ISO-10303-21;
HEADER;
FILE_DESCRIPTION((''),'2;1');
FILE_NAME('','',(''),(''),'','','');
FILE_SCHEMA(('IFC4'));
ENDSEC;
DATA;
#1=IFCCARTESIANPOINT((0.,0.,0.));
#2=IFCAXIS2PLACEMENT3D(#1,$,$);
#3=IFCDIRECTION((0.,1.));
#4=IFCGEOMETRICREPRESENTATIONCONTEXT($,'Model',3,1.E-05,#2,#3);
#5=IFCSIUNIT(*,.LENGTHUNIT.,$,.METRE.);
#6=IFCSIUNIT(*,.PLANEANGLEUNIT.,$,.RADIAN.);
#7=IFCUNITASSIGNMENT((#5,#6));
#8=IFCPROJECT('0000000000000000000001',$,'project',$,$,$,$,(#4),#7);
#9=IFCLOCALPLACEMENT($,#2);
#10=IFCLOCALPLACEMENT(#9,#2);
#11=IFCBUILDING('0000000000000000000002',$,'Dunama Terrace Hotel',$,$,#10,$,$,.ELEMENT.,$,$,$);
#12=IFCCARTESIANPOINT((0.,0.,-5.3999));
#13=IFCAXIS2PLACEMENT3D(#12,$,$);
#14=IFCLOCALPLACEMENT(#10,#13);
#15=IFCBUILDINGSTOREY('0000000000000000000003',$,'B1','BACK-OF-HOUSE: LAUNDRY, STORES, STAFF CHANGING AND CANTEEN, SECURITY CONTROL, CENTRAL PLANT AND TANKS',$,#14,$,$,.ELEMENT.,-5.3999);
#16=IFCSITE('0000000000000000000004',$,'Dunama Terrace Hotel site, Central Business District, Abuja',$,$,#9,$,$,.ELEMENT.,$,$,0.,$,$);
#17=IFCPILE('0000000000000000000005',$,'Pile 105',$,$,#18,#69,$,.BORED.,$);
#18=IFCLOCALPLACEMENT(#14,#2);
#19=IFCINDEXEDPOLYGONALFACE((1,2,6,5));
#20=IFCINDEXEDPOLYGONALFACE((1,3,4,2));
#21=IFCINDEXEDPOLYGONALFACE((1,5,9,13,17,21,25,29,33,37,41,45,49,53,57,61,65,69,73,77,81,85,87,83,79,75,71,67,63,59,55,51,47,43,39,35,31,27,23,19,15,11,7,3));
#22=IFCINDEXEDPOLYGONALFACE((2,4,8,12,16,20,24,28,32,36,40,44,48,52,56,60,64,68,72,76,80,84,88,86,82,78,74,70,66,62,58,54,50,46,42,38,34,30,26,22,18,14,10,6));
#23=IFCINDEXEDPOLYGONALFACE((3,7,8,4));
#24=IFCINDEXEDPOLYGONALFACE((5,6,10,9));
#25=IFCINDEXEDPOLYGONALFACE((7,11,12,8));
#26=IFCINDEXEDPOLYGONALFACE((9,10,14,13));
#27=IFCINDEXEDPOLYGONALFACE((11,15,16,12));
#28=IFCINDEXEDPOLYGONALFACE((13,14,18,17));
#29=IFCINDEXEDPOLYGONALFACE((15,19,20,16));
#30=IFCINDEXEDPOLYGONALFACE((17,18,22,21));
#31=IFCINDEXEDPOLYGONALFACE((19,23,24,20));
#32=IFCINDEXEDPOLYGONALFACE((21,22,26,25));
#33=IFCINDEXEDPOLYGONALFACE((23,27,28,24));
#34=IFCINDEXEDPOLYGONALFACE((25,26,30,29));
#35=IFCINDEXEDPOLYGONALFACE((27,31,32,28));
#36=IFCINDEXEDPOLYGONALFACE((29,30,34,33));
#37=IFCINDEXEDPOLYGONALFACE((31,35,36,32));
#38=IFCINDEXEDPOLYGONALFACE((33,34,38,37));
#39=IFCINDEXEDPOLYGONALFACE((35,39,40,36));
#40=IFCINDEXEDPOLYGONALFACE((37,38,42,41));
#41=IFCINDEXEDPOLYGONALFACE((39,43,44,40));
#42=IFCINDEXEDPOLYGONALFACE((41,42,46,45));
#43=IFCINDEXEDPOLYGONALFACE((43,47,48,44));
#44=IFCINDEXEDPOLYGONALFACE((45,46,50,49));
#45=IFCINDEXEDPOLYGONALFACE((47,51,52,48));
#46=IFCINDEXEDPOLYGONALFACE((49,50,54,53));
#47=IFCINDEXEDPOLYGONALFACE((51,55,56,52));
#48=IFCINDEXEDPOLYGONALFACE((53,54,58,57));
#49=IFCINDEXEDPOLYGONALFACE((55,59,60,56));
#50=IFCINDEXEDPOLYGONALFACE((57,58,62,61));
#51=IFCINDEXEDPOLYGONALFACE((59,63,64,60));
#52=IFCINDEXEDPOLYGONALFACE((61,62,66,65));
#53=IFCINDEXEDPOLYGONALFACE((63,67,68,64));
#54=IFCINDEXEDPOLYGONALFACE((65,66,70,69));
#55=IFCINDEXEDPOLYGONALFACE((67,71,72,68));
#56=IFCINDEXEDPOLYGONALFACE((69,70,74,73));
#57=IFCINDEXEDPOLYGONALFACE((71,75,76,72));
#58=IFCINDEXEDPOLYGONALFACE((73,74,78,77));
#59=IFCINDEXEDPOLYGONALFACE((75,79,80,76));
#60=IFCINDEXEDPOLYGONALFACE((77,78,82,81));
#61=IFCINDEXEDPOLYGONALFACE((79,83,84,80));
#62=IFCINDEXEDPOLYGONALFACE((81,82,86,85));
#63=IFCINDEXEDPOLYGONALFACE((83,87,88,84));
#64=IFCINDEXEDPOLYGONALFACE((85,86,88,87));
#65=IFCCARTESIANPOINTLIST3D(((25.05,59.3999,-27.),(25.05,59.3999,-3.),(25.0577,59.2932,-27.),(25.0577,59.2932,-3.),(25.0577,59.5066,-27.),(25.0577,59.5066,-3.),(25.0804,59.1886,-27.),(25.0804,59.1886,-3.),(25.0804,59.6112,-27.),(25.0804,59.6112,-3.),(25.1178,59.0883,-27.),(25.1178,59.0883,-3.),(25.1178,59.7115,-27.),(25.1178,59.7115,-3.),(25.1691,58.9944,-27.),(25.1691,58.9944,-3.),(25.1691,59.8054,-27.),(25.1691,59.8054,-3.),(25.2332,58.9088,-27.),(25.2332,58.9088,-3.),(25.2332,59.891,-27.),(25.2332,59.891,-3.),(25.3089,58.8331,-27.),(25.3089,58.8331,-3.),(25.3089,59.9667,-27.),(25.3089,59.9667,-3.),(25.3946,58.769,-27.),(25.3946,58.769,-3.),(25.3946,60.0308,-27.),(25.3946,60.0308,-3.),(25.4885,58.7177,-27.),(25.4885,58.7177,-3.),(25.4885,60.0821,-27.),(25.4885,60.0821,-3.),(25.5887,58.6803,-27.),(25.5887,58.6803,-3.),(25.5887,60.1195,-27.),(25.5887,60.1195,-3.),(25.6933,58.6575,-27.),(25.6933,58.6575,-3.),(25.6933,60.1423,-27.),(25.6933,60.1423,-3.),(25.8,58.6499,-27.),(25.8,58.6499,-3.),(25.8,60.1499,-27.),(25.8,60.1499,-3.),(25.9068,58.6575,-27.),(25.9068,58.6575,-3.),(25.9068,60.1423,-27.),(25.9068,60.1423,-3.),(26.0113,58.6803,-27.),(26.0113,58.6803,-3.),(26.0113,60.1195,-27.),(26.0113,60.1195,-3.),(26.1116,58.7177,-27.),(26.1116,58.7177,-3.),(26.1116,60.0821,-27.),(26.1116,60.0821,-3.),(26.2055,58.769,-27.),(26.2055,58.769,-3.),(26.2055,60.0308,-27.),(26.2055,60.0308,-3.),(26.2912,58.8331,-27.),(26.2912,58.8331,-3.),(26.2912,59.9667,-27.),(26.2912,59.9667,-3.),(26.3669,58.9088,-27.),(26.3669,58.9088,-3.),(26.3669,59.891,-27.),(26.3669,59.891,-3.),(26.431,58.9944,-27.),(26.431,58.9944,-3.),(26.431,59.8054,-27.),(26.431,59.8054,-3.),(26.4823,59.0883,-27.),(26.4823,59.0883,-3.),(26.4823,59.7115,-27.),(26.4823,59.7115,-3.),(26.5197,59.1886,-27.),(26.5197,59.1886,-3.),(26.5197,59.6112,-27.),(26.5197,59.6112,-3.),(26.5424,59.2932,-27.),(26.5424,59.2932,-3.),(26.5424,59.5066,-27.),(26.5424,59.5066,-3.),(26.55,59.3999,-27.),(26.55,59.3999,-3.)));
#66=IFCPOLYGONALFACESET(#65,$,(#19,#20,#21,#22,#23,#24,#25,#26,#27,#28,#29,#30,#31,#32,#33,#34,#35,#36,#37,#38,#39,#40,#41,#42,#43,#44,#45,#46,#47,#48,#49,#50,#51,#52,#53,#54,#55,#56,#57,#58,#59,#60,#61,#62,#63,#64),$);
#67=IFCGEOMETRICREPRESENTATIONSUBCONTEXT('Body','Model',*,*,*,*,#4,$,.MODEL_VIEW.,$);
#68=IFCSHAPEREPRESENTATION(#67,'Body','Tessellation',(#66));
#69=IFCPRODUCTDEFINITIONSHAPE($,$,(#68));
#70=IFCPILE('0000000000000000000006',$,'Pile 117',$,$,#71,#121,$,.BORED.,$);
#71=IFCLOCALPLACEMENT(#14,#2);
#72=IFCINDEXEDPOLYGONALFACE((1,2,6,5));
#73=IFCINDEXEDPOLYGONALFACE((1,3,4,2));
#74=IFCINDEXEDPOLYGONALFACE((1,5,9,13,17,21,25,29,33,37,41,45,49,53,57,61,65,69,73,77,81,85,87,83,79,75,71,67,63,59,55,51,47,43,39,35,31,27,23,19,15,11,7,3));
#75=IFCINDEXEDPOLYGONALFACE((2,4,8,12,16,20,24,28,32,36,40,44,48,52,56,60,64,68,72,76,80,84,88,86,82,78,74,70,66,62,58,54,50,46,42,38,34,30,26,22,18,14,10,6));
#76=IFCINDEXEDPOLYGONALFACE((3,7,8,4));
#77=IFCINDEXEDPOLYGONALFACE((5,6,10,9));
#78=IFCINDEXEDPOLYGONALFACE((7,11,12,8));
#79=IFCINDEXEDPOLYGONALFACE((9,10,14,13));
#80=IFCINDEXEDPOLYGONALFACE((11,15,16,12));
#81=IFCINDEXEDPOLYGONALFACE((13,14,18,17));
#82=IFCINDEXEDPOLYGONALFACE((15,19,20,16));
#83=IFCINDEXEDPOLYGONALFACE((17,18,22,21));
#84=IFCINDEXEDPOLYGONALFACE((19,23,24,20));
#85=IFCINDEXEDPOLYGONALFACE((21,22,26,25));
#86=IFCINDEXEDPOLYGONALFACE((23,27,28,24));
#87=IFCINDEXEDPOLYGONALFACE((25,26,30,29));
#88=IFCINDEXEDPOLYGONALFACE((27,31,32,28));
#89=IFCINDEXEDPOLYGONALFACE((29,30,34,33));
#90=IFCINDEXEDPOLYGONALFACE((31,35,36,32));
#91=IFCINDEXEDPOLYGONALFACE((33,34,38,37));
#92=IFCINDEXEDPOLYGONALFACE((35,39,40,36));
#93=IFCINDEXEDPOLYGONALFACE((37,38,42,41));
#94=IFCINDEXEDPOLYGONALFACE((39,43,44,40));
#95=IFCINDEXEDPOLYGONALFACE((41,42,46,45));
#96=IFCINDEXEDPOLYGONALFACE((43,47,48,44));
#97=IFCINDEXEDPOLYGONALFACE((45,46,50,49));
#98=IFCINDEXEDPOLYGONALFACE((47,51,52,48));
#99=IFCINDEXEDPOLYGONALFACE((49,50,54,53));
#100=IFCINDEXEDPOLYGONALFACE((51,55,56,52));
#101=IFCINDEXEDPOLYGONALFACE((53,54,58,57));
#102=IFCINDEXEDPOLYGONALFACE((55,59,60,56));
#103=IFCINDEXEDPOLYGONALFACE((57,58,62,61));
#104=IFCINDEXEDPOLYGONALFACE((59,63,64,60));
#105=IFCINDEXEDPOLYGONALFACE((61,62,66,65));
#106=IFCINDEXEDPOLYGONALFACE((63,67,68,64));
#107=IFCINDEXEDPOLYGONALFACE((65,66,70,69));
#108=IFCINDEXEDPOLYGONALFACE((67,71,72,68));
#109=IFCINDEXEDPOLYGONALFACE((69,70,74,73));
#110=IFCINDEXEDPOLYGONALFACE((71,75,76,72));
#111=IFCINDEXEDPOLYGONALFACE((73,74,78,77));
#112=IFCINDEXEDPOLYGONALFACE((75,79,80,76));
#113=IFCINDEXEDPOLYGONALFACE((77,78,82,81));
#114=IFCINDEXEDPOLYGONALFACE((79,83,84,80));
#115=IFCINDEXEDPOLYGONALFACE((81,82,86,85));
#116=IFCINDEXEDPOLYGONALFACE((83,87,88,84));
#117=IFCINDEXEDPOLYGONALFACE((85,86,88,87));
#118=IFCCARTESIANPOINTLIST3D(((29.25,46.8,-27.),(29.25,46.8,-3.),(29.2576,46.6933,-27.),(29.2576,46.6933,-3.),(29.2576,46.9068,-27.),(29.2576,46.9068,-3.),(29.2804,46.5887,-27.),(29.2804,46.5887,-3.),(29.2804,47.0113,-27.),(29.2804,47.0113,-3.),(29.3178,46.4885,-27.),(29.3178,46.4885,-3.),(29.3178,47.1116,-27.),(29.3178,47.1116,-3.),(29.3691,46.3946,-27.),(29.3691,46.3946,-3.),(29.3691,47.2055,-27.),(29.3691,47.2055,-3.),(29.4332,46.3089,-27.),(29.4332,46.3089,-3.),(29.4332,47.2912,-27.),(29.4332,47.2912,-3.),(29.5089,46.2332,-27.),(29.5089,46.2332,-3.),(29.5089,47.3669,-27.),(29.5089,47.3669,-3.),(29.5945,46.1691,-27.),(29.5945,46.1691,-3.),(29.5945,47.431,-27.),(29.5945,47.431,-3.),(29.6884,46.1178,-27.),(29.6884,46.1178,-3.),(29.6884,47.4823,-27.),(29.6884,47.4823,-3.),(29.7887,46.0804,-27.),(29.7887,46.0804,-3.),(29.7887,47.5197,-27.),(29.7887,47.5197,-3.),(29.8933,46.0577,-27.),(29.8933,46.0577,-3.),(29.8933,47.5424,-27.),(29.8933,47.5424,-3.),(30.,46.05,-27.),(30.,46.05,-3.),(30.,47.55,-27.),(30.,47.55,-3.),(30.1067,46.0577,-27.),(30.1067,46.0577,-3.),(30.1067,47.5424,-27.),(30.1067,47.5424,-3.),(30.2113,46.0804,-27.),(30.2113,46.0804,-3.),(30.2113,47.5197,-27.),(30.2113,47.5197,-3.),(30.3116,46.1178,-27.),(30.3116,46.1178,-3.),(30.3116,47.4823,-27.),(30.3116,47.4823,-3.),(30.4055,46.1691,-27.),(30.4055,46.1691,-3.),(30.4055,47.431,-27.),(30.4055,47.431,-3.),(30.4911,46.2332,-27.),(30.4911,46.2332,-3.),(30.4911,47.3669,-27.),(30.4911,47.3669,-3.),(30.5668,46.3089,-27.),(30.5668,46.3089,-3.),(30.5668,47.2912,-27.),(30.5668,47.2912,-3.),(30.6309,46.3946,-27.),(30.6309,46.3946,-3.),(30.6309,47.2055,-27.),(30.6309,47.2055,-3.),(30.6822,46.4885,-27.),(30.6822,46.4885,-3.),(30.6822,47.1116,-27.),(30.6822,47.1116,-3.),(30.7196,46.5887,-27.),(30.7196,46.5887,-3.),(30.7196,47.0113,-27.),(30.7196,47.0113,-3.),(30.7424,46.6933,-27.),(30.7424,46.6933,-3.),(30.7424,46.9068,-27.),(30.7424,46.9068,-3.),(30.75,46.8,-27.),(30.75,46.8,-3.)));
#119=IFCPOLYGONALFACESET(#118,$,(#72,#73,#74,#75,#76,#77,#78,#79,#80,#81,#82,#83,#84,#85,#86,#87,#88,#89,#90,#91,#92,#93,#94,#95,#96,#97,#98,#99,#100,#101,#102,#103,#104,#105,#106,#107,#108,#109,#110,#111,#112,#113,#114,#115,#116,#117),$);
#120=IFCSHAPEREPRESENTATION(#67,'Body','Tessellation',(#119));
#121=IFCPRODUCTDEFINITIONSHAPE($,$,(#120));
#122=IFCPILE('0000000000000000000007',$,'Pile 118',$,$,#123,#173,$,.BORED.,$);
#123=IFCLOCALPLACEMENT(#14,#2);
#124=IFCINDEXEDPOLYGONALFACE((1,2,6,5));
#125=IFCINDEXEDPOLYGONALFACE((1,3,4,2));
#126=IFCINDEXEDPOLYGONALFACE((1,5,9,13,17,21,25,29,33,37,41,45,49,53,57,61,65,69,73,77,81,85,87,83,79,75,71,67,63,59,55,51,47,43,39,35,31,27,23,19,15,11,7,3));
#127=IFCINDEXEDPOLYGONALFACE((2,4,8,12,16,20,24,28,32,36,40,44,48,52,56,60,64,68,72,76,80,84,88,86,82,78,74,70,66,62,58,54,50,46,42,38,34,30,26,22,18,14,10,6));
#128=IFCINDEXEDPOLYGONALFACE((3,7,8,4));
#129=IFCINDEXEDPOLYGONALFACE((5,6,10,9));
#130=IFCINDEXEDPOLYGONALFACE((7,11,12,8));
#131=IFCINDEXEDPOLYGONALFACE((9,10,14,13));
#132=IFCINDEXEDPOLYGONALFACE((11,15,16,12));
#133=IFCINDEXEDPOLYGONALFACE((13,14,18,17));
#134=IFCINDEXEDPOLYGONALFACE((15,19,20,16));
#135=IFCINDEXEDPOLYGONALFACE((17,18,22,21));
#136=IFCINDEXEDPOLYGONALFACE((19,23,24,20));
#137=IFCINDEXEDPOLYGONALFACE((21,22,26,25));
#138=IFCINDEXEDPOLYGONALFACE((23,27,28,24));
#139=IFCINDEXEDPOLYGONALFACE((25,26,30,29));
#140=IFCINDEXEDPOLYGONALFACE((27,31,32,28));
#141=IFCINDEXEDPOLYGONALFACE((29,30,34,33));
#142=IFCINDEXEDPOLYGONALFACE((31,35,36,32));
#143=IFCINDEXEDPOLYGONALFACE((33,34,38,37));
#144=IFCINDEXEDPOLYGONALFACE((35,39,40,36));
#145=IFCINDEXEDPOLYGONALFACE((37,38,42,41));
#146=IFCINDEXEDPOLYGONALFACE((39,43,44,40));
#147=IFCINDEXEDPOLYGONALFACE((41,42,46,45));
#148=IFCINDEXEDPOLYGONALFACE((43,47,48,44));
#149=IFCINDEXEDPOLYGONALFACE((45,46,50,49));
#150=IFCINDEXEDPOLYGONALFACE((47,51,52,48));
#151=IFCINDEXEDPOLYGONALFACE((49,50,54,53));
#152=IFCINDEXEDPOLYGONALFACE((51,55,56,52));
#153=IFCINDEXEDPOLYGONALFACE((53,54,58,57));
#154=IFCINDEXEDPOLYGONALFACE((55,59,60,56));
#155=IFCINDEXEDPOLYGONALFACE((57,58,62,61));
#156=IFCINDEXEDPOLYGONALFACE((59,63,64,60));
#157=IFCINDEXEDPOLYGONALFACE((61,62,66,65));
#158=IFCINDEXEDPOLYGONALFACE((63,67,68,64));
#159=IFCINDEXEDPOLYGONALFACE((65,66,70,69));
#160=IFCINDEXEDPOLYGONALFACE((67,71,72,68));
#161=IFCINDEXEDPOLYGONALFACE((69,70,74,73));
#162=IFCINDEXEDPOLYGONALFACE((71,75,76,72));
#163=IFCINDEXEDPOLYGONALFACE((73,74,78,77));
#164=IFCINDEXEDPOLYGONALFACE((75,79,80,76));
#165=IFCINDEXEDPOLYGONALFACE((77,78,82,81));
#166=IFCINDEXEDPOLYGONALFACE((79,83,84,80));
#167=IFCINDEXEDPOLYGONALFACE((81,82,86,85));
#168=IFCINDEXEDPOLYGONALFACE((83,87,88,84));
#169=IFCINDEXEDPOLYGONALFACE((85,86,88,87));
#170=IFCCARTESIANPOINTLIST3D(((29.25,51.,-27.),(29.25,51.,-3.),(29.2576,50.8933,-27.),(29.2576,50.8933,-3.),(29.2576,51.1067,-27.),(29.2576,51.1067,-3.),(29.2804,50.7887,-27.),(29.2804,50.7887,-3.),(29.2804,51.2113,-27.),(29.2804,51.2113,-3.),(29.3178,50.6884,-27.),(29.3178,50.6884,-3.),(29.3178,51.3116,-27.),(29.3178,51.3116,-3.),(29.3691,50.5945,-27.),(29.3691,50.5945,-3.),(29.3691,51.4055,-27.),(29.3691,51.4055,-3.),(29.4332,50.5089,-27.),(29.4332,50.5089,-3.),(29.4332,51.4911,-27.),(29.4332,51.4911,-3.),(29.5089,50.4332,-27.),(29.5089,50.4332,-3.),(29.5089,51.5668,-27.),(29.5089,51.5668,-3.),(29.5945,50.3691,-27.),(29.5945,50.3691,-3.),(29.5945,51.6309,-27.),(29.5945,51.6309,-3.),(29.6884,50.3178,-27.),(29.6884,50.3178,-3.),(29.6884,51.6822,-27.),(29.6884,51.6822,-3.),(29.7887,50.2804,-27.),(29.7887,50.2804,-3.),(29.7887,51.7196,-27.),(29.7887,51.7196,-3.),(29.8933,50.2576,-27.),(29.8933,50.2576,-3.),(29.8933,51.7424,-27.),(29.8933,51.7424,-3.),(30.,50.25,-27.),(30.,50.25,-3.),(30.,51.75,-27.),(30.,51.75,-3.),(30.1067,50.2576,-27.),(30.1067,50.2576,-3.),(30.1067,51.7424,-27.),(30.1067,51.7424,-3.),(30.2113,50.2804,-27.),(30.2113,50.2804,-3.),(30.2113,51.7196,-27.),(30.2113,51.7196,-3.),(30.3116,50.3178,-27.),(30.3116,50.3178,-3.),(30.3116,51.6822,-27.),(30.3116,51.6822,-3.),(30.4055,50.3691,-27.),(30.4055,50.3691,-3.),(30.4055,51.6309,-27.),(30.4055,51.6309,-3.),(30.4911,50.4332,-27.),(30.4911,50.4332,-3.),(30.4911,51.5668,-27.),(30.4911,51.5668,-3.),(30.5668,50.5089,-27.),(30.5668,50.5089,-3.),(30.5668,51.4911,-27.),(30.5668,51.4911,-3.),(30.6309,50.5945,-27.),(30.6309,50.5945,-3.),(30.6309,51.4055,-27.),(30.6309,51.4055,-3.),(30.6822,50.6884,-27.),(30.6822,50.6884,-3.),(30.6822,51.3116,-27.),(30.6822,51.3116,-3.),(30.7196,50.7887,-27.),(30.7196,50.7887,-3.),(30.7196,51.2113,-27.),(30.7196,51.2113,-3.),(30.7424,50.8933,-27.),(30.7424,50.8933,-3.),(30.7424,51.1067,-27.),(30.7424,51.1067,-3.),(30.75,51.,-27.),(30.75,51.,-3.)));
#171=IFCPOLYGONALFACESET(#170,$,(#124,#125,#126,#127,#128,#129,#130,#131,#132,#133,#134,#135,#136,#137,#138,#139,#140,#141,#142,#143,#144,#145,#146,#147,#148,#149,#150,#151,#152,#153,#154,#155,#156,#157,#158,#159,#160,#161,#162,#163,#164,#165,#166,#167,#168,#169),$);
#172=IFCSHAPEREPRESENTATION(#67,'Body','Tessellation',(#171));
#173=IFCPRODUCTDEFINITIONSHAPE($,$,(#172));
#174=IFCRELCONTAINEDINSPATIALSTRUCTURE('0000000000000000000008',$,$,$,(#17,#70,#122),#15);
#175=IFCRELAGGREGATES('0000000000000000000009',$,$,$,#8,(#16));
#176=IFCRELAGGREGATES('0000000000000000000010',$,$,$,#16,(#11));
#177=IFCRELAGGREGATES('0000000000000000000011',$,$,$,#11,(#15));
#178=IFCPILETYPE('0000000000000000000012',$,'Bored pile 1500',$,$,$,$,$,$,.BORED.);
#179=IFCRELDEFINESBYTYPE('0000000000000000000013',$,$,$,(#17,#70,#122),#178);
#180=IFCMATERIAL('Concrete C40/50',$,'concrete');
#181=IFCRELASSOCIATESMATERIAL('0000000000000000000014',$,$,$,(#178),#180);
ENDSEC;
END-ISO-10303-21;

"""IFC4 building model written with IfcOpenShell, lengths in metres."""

from ifc_helpers import new_model, si_unit, direction, frame, origin, origin_2d, place, context, subcontext, project, spatial, circle, extrude, material, material_profile, profile_set, type_object, element, save


model = new_model("IFC4")

# Units and contexts
model_context = context("Model", 3, precision=1e-05, world=origin(), true_north=direction((0.0, 1.0)))
body_context = subcontext(model_context, "Body", "Model", "MODEL_VIEW")
ifc_project = project(units=[si_unit("LENGTHUNIT", "METRE"), si_unit("PLANEANGLEUNIT", "RADIAN")], contexts=[model_context])

# Site, building, storey
site_placement = place(None, origin())
site = spatial("IfcSite", under=ifc_project, at=site_placement, Name="Dunama Terrace Hotel site, Central Business District, Abuja", CompositionType="ELEMENT", RefElevation=0.0)
building_placement = place(site_placement, origin())
building = spatial("IfcBuilding", under=site, at=building_placement, Name="Dunama Terrace Hotel", CompositionType="ELEMENT")
storey_placement = place(building_placement, frame((0.0, 0.0, -5.3999)))
storey = spatial("IfcBuildingStorey", under=building, at=storey_placement, Name="B1", Description="BACK-OF-HOUSE: LAUNDRY, STORES, STAFF CHANGING AND CANTEEN, SECURITY CONTROL, CENTRAL PLANT AND TANKS", CompositionType="ELEMENT", Elevation=-5.3999)

# Piles
ifc_material_1 = material(Name="Concrete C40/50", Category="concrete")
ifc_material_profile_1 = material_profile(ifc_material_1, circle(Radius=0.75, at=origin_2d()), Name="PILE D1500")
ifc_profile_set_1 = profile_set([ifc_material_profile_1], Name="Concrete C40/50")
pile_type = type_object("IfcPileType", Name="Bored pile 1500", PredefinedType="BORED", material=ifc_profile_set_1)
for number, where, z_axis, x_axis, name in (
    (1, (25.8, 59.3999, -3.0), (0.0, 0.0, -1.0), (1.0, 0.0, 0.0), "Pile 105"),
    (2, (30.0, 46.8, -3.0), (0.0, 0.0, -1.0), (1.0, 0.0, 0.0), "Pile 117"),
    (3, (30.0, 51.0, -3.0), (0.0, 0.0, -1.0), (1.0, 0.0, 0.0), "Pile 118"),
):
    element("IfcPile", number, at=place(storey_placement, frame(where, z_axis=z_axis, x_axis=x_axis)), inside=storey, type_object=pile_type, Name=name, PredefinedType="BORED", context=body_context, shape_type="SweptSolid", body=[
        extrude(circle(Radius=0.75, at=origin_2d()), origin(), (0.0, 0.0, 1.0), 24.0),
    ])

save(model, "model.ifc")
